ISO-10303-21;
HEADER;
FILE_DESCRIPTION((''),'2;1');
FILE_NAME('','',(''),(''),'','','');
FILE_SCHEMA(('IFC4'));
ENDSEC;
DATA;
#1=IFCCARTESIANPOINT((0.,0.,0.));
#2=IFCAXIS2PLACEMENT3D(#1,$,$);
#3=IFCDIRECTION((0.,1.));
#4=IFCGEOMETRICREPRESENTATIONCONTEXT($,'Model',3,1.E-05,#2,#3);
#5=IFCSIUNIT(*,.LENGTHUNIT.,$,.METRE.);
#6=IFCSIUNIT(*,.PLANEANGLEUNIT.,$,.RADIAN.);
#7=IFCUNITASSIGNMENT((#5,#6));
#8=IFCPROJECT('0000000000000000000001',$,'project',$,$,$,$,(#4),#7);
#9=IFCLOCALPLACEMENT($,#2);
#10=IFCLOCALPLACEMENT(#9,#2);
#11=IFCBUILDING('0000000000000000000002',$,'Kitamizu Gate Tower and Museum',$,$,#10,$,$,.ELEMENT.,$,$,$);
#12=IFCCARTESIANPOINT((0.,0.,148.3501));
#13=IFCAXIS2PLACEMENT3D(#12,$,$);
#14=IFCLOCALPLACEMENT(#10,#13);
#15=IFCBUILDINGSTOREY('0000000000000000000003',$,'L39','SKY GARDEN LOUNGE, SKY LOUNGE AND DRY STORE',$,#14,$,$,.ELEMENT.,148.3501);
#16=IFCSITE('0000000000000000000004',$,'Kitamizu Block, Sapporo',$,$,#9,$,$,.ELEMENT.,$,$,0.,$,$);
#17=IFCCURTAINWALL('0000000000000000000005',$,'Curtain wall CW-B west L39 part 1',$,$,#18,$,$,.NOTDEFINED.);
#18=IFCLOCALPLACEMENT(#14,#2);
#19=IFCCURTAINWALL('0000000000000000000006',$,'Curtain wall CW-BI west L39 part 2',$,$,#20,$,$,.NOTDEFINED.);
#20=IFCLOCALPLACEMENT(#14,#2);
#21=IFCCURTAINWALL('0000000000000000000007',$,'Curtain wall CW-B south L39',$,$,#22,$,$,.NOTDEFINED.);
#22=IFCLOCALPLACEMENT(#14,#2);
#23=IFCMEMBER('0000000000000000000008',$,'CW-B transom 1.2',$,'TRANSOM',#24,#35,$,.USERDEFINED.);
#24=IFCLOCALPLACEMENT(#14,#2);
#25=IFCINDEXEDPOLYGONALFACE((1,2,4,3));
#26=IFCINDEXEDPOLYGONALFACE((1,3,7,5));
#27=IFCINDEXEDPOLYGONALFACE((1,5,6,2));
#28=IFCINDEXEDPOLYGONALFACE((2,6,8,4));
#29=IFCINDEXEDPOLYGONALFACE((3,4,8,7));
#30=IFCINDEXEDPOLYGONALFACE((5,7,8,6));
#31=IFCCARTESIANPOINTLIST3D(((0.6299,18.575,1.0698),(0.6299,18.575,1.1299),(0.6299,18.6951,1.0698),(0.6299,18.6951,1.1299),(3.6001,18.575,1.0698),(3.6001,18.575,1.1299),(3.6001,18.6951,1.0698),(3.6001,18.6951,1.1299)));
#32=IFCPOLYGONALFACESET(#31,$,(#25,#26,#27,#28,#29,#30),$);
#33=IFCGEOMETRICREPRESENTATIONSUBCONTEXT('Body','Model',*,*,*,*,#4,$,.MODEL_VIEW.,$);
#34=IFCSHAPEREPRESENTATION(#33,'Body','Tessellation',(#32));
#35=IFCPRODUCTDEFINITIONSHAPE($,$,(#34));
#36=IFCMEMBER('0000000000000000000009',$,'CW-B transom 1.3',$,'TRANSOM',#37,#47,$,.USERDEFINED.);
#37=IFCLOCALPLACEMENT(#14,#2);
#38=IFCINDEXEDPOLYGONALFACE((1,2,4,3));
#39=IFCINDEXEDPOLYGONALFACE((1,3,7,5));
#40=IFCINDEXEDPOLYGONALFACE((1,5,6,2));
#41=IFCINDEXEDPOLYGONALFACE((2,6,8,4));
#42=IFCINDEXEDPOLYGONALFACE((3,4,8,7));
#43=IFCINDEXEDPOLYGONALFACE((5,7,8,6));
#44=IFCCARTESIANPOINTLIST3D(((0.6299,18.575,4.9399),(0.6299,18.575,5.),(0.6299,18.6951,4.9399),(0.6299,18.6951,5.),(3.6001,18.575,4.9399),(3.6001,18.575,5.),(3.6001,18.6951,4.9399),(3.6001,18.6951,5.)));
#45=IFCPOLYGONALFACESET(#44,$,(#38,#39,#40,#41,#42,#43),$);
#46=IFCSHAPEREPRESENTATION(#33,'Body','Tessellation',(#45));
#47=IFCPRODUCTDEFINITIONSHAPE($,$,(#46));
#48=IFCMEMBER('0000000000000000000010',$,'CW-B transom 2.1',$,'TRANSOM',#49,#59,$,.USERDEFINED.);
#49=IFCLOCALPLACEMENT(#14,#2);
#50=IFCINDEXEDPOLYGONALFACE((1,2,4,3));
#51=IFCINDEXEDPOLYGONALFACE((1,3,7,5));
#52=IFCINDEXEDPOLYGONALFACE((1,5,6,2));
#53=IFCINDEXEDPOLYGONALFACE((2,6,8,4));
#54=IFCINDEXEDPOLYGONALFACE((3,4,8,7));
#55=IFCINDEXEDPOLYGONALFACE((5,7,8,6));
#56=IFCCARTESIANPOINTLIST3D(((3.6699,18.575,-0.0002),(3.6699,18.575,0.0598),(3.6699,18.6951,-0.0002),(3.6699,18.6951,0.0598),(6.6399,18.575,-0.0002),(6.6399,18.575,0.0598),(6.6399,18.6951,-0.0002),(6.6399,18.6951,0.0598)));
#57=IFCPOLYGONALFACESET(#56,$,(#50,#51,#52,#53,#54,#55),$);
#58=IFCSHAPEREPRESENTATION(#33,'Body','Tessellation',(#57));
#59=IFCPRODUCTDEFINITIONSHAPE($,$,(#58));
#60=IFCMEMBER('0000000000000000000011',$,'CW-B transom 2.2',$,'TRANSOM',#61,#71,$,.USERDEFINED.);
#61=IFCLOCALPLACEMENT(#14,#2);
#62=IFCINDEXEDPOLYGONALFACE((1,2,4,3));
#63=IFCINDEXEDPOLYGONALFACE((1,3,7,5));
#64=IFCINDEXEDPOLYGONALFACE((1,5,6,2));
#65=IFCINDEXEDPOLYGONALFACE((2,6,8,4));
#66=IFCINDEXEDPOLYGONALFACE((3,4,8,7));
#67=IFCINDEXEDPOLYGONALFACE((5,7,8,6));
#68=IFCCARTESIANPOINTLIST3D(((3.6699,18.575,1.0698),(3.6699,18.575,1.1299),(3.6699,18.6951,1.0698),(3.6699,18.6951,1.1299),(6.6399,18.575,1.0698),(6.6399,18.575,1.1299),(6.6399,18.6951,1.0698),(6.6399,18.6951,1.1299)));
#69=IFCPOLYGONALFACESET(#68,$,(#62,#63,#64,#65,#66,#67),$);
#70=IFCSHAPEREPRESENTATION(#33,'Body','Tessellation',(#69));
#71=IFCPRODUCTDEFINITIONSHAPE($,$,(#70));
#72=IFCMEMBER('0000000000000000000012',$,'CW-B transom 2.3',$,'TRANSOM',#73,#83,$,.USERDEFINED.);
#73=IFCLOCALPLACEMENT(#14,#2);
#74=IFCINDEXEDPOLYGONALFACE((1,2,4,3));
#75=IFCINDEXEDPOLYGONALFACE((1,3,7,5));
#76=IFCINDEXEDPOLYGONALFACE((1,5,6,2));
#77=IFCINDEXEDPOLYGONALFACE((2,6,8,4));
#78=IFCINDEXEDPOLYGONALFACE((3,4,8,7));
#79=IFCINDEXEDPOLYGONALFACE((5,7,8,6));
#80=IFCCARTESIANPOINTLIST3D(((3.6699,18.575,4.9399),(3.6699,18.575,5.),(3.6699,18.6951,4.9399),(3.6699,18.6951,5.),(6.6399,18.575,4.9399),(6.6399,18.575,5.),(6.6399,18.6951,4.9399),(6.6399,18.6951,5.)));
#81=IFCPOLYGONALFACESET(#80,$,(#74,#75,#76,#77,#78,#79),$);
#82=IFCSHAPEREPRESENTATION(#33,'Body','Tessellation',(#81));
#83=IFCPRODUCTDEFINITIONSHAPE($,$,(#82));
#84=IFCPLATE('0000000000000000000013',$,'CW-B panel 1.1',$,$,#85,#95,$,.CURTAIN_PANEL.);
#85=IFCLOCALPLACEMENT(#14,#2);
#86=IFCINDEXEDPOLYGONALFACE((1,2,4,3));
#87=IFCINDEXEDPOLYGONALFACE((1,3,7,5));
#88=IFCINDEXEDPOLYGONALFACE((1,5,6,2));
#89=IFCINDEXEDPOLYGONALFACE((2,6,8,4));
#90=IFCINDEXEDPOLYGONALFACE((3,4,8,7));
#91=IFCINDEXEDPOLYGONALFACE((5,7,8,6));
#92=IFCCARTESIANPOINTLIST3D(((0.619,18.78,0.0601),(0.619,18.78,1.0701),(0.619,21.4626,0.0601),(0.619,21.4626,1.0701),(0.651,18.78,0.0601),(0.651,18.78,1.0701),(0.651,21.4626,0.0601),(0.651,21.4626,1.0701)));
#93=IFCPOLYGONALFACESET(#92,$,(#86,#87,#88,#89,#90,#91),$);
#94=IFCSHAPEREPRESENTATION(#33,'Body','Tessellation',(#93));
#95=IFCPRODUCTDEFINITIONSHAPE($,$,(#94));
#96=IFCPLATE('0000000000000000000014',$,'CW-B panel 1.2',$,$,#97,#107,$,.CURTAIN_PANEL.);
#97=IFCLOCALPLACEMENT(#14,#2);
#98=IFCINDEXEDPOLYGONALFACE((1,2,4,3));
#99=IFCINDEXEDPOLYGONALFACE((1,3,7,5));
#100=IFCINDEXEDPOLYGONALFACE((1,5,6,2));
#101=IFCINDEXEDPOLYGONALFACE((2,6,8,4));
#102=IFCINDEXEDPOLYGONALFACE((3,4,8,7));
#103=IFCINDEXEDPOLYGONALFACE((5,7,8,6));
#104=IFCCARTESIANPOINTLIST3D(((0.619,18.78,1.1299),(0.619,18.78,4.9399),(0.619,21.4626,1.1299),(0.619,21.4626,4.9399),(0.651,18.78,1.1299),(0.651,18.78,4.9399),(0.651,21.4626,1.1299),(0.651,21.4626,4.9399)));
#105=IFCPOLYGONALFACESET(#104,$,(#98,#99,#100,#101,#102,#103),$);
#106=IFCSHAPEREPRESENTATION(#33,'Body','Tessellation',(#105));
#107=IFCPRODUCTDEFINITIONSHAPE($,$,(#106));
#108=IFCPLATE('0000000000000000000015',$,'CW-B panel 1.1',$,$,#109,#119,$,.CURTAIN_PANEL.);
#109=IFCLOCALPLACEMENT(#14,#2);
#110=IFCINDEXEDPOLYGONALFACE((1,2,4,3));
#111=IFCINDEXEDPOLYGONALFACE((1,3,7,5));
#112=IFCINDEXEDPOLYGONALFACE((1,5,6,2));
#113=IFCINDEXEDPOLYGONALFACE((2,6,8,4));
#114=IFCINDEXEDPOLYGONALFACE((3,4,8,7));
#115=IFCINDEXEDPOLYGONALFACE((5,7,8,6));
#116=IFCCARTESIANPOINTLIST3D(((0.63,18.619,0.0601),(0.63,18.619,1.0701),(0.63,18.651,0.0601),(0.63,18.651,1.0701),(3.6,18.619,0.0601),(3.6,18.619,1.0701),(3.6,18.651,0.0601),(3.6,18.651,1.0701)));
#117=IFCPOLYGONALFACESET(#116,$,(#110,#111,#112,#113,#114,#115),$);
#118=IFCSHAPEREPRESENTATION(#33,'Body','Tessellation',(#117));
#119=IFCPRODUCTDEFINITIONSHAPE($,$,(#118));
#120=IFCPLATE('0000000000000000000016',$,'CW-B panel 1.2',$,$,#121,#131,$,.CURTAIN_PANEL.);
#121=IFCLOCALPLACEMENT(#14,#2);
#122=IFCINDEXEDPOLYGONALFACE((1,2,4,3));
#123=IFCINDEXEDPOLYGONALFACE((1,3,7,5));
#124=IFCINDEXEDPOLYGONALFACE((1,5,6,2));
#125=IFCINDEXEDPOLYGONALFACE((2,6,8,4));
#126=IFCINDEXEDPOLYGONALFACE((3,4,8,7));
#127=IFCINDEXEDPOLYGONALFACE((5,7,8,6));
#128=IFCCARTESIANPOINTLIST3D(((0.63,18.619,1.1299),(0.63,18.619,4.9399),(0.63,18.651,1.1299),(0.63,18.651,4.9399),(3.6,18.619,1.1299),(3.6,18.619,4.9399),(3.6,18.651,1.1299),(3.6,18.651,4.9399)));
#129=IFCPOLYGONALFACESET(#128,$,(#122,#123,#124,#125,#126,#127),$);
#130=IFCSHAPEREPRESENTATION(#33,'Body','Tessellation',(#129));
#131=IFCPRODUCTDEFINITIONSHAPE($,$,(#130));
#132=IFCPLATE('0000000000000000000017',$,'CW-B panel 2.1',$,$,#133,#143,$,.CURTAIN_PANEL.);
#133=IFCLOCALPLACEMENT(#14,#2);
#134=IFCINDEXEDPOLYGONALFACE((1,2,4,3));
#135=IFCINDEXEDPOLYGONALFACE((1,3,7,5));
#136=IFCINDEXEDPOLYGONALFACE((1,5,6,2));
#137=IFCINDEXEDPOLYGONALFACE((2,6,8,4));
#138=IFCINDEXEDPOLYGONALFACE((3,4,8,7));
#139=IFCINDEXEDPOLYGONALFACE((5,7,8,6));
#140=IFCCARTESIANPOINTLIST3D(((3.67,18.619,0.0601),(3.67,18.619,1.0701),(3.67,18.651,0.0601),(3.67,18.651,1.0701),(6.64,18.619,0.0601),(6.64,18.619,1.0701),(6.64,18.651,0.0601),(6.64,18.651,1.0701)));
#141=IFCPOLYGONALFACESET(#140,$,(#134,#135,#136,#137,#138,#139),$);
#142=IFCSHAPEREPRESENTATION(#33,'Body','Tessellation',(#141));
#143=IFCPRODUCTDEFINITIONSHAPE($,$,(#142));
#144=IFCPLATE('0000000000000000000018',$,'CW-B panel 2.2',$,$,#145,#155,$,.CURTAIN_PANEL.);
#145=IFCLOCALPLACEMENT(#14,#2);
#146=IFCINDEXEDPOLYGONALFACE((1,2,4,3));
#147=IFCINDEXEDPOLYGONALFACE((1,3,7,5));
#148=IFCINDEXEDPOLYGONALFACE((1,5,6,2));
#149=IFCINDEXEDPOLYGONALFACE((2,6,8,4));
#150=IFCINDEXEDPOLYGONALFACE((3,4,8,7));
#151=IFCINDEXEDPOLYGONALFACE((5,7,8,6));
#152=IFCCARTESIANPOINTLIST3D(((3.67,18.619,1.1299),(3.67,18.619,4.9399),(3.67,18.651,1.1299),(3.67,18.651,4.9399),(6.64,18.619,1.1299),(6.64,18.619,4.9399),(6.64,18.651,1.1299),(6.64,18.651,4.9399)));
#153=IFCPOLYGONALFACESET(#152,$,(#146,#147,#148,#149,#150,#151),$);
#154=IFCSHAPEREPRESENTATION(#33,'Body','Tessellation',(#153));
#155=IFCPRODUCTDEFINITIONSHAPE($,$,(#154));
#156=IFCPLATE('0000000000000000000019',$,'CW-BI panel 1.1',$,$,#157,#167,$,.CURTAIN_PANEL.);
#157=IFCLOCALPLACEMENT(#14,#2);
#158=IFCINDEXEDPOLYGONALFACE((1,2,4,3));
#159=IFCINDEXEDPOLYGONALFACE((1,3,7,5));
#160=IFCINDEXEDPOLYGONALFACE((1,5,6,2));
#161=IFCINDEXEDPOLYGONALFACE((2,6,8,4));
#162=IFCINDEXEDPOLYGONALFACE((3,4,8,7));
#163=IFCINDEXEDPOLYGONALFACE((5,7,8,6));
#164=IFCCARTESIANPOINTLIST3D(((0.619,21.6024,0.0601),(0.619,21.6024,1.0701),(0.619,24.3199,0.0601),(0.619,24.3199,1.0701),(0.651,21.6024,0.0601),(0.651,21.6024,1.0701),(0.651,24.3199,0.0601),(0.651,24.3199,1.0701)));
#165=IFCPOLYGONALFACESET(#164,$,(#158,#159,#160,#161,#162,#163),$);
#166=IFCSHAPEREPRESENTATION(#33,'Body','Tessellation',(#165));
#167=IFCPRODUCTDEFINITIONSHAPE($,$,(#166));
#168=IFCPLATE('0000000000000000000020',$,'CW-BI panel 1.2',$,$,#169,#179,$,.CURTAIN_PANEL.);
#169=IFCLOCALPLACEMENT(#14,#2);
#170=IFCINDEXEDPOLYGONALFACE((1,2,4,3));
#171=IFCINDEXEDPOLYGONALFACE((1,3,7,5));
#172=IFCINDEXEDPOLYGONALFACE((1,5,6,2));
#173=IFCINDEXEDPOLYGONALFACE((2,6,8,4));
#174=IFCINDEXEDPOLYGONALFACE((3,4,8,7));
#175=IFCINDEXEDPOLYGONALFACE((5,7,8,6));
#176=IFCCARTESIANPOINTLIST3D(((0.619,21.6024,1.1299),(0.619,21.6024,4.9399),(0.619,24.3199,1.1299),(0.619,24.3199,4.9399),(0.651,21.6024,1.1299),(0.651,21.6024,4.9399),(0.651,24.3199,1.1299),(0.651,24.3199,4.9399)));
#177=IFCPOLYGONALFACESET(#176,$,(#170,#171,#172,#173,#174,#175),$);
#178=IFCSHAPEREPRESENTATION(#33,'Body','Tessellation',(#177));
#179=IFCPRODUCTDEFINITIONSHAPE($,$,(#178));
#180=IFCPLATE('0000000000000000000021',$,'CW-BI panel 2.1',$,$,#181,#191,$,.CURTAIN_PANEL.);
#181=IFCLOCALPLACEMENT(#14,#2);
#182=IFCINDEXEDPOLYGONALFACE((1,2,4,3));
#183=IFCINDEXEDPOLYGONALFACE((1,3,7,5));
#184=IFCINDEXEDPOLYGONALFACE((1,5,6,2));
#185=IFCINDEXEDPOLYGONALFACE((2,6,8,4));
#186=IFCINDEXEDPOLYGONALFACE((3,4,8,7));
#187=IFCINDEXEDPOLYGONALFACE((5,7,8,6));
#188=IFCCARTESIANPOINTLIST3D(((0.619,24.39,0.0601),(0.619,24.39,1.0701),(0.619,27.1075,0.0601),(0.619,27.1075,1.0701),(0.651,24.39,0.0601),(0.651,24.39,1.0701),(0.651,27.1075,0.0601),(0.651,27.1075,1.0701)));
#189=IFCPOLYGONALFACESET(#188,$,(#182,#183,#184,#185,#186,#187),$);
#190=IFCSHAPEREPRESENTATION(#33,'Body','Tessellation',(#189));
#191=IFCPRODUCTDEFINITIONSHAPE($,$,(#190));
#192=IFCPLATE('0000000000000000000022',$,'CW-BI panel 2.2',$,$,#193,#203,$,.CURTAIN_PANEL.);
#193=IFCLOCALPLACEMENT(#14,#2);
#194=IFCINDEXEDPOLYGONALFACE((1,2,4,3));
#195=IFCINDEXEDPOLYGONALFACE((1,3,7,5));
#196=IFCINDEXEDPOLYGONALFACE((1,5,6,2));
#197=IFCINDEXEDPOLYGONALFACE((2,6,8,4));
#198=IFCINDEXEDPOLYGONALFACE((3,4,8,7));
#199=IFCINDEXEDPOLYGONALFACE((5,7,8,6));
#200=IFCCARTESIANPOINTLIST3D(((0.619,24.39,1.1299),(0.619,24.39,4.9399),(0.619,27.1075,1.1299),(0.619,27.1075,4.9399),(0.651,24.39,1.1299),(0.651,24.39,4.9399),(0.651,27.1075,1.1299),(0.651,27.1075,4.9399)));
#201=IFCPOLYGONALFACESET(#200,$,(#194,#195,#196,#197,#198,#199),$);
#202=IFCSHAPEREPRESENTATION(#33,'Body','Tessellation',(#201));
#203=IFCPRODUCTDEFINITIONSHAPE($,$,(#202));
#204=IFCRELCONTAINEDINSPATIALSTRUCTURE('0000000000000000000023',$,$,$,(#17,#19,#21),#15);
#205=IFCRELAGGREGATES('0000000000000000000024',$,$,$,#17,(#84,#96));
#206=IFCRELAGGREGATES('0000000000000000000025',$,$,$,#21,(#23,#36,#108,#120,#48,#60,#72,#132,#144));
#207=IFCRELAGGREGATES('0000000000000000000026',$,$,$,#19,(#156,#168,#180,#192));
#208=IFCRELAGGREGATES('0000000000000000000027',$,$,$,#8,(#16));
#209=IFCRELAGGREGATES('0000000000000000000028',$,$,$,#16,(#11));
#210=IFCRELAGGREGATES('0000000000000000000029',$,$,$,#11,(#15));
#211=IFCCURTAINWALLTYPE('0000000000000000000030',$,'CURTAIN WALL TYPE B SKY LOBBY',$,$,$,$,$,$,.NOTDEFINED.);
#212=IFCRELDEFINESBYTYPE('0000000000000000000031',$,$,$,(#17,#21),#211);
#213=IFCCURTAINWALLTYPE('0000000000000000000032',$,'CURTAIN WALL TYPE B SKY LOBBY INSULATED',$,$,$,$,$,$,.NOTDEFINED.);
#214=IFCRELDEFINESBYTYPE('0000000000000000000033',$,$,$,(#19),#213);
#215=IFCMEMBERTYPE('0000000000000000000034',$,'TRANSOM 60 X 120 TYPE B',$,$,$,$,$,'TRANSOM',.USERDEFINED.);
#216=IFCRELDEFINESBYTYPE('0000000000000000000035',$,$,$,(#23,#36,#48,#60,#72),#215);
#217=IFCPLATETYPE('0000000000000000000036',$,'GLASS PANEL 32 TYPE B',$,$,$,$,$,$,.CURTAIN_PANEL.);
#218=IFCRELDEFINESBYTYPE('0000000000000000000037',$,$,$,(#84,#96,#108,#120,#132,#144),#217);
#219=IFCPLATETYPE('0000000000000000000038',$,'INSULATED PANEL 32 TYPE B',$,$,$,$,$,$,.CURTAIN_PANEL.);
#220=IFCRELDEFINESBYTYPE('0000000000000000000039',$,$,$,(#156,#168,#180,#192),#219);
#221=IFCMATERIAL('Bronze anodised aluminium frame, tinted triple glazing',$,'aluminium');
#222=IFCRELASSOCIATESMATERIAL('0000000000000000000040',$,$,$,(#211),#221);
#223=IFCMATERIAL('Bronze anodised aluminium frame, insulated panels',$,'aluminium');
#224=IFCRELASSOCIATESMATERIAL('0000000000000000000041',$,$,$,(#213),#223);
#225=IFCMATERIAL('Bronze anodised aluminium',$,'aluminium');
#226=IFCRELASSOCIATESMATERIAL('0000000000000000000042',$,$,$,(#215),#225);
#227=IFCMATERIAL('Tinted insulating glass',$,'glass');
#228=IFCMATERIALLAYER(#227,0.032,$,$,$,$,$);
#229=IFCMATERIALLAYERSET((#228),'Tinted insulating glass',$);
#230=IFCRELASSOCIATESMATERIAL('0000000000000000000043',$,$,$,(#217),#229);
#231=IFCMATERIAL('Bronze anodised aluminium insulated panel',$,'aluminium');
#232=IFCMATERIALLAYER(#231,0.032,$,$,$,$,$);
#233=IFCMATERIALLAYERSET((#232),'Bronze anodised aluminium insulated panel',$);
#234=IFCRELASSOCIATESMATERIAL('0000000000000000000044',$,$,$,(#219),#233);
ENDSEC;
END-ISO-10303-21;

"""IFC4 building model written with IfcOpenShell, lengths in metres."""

from ifc_helpers import new_model, si_unit, direction, frame, origin, origin_2d, place, context, subcontext, project, spatial, rectangle, extrude, material, layer, layer_set, material_profile, profile_set, type_object, element, aggregate, save


model = new_model("IFC4")

# Units and contexts
model_context = context("Model", 3, precision=1e-05, world=origin(), true_north=direction((0.0, 1.0)))
body_context = subcontext(model_context, "Body", "Model", "MODEL_VIEW")
ifc_project = project(units=[si_unit("LENGTHUNIT", "METRE"), si_unit("PLANEANGLEUNIT", "RADIAN")], contexts=[model_context])

# Site, building, storey
site_placement = place(None, origin())
site = spatial("IfcSite", under=ifc_project, at=site_placement, Name="Kitamizu Block, Sapporo", CompositionType="ELEMENT", RefElevation=0.0)
building_placement = place(site_placement, origin())
building = spatial("IfcBuilding", under=site, at=building_placement, Name="Kitamizu Gate Tower and Museum", CompositionType="ELEMENT")
storey_placement = place(building_placement, frame((0.0, 0.0, 148.3501)))
storey = spatial("IfcBuildingStorey", under=building, at=storey_placement, Name="L39", Description="SKY GARDEN LOUNGE, SKY LOUNGE AND DRY STORE", CompositionType="ELEMENT", Elevation=148.3501)

# Curtain walls
ifc_material_1 = material(Name="Bronze anodised aluminium frame, tinted triple glazing", Category="aluminium")
curtain_wall_type_1 = type_object("IfcCurtainWallType", Name="CURTAIN WALL TYPE B SKY LOBBY", PredefinedType="NOTDEFINED", material=ifc_material_1)
curtain_wall_1_placement = place(storey_placement, origin())
curtain_wall_1 = element("IfcCurtainWall", 1, at=curtain_wall_1_placement, inside=storey, type_object=curtain_wall_type_1, Name="Curtain wall CW-B west L39 part 1", PredefinedType="NOTDEFINED")
ifc_material_2 = material(Name="Bronze anodised aluminium frame, insulated panels", Category="aluminium")
curtain_wall_type_2 = type_object("IfcCurtainWallType", Name="CURTAIN WALL TYPE B SKY LOBBY INSULATED", PredefinedType="NOTDEFINED", material=ifc_material_2)
curtain_wall_2_placement = place(storey_placement, origin())
curtain_wall_2 = element("IfcCurtainWall", 2, at=curtain_wall_2_placement, inside=storey, type_object=curtain_wall_type_2, Name="Curtain wall CW-BI west L39 part 2", PredefinedType="NOTDEFINED")

# Curtain wall
curtain_wall_3_placement = place(storey_placement, origin())
curtain_wall_3 = element("IfcCurtainWall", 3, at=curtain_wall_3_placement, inside=storey, type_object=curtain_wall_type_1, Name="Curtain wall CW-B south L39", PredefinedType="NOTDEFINED")

# Members
ifc_material_3 = material(Name="Bronze anodised aluminium", Category="aluminium")
ifc_material_profile_1 = material_profile(ifc_material_3, rectangle(XDim=0.1201, YDim=0.0601, at=origin_2d()), Name="AL 60X120")
ifc_profile_set_1 = profile_set([ifc_material_profile_1], Name="Bronze anodised aluminium")
member_type_1 = type_object("IfcMemberType", Name="TRANSOM 60 X 120 TYPE B", ElementType="TRANSOM", PredefinedType="USERDEFINED", material=ifc_profile_set_1)
member_1_placement = place(storey_placement, frame((0.6299, 18.635, 1.0999), z_axis=(1.0, 0.0, 0.0), x_axis=(0.0, 1.0, 0.0)))
member_1 = element("IfcMember", 4, at=member_1_placement, type_object=member_type_1, Name="CW-B transom 1.2", ObjectType="TRANSOM", PredefinedType="USERDEFINED", context=body_context, shape_type="SweptSolid", body=[
    extrude(rectangle(XDim=0.1201, YDim=0.0601, at=origin_2d()), origin(), (0.0, 0.0, 1.0), 2.9702),
])
member_2_placement = place(storey_placement, frame((0.6299, 18.635, 4.97), z_axis=(1.0, 0.0, 0.0), x_axis=(0.0, 1.0, 0.0)))
member_2 = element("IfcMember", 5, at=member_2_placement, type_object=member_type_1, Name="CW-B transom 1.3", ObjectType="TRANSOM", PredefinedType="USERDEFINED", context=body_context, shape_type="SweptSolid", body=[
    extrude(rectangle(XDim=0.1201, YDim=0.0601, at=origin_2d()), origin(), (0.0, 0.0, 1.0), 2.9702),
])
member_3_placement = place(storey_placement, frame((3.6699, 18.635, 0.0298), z_axis=(1.0, 0.0, 0.0), x_axis=(0.0, 1.0, 0.0)))
member_3 = element("IfcMember", 6, at=member_3_placement, type_object=member_type_1, Name="CW-B transom 2.1", ObjectType="TRANSOM", PredefinedType="USERDEFINED", context=body_context, shape_type="SweptSolid", body=[
    extrude(rectangle(XDim=0.1201, YDim=0.0601, at=origin_2d()), origin(), (0.0, 0.0, 1.0), 2.97),
])
member_4_placement = place(storey_placement, frame((3.6699, 18.635, 1.0999), z_axis=(1.0, 0.0, 0.0), x_axis=(0.0, 1.0, 0.0)))
member_4 = element("IfcMember", 7, at=member_4_placement, type_object=member_type_1, Name="CW-B transom 2.2", ObjectType="TRANSOM", PredefinedType="USERDEFINED", context=body_context, shape_type="SweptSolid", body=[
    extrude(rectangle(XDim=0.1201, YDim=0.0601, at=origin_2d()), origin(), (0.0, 0.0, 1.0), 2.97),
])
member_5_placement = place(storey_placement, frame((3.6699, 18.635, 4.97), z_axis=(1.0, 0.0, 0.0), x_axis=(0.0, 1.0, 0.0)))
member_5 = element("IfcMember", 8, at=member_5_placement, type_object=member_type_1, Name="CW-B transom 2.3", ObjectType="TRANSOM", PredefinedType="USERDEFINED", context=body_context, shape_type="SweptSolid", body=[
    extrude(rectangle(XDim=0.1201, YDim=0.0601, at=origin_2d()), origin(), (0.0, 0.0, 1.0), 2.97),
])

# Plates
ifc_material_4 = material(Name="Tinted insulating glass", Category="glass")
ifc_layer_1 = layer(ifc_material_4, 0.032)
ifc_layer_set_1 = layer_set([ifc_layer_1], Name="Tinted insulating glass")
plate_type_1 = type_object("IfcPlateType", Name="GLASS PANEL 32 TYPE B", PredefinedType="CURTAIN_PANEL", material=ifc_layer_set_1)
plate_1_placement = place(storey_placement, frame((0.635, 20.1213, 0.0601), z_axis=(0.0, 0.0, 1.0), x_axis=(0.0, 1.0, 0.0)))
plate_1 = element("IfcPlate", 9, at=plate_1_placement, type_object=plate_type_1, Name="CW-B panel 1.1", PredefinedType="CURTAIN_PANEL", context=body_context, shape_type="SweptSolid", body=[
    extrude(rectangle(XDim=2.6826, YDim=0.032, at=origin_2d()), origin(), (0.0, 0.0, 1.0), 1.01),
])
plate_2_placement = place(storey_placement, frame((0.635, 20.1213, 1.1299), z_axis=(0.0, 0.0, 1.0), x_axis=(0.0, 1.0, 0.0)))
plate_2 = element("IfcPlate", 10, at=plate_2_placement, type_object=plate_type_1, Name="CW-B panel 1.2", PredefinedType="CURTAIN_PANEL", context=body_context, shape_type="SweptSolid", body=[
    extrude(rectangle(XDim=2.6826, YDim=0.032, at=origin_2d()), origin(), (0.0, 0.0, 1.0), 3.8101),
])
aggregate(curtain_wall_1, [plate_1, plate_2])
plate_3_placement = place(storey_placement, frame((2.115, 18.635, 0.0601), z_axis=(0.0, 0.0, 1.0), x_axis=(1.0, 0.0, 0.0)))
plate_3 = element("IfcPlate", 11, at=plate_3_placement, type_object=plate_type_1, Name="CW-B panel 1.1", PredefinedType="CURTAIN_PANEL", context=body_context, shape_type="SweptSolid", body=[
    extrude(rectangle(XDim=2.97, YDim=0.032, at=origin_2d()), origin(), (0.0, 0.0, 1.0), 1.01),
])
plate_4_placement = place(storey_placement, frame((2.115, 18.635, 1.1299), z_axis=(0.0, 0.0, 1.0), x_axis=(1.0, 0.0, 0.0)))
plate_4 = element("IfcPlate", 12, at=plate_4_placement, type_object=plate_type_1, Name="CW-B panel 1.2", PredefinedType="CURTAIN_PANEL", context=body_context, shape_type="SweptSolid", body=[
    extrude(rectangle(XDim=2.97, YDim=0.032, at=origin_2d()), origin(), (0.0, 0.0, 1.0), 3.8101),
])
plate_5_placement = place(storey_placement, frame((5.155, 18.635, 0.0601), z_axis=(0.0, 0.0, 1.0), x_axis=(1.0, 0.0, 0.0)))
plate_5 = element("IfcPlate", 13, at=plate_5_placement, type_object=plate_type_1, Name="CW-B panel 2.1", PredefinedType="CURTAIN_PANEL", context=body_context, shape_type="SweptSolid", body=[
    extrude(rectangle(XDim=2.97, YDim=0.032, at=origin_2d()), origin(), (0.0, 0.0, 1.0), 1.01),
])
plate_6_placement = place(storey_placement, frame((5.155, 18.635, 1.1299), z_axis=(0.0, 0.0, 1.0), x_axis=(1.0, 0.0, 0.0)))
plate_6 = element("IfcPlate", 14, at=plate_6_placement, type_object=plate_type_1, Name="CW-B panel 2.2", PredefinedType="CURTAIN_PANEL", context=body_context, shape_type="SweptSolid", body=[
    extrude(rectangle(XDim=2.97, YDim=0.032, at=origin_2d()), origin(), (0.0, 0.0, 1.0), 3.8101),
])
aggregate(curtain_wall_3, [member_1, member_2, plate_3, plate_4, member_3, member_4, member_5, plate_5, plate_6])
ifc_material_5 = material(Name="Bronze anodised aluminium insulated panel", Category="aluminium")
ifc_layer_2 = layer(ifc_material_5, 0.032)
ifc_layer_set_2 = layer_set([ifc_layer_2], Name="Bronze anodised aluminium insulated panel")
plate_type_2 = type_object("IfcPlateType", Name="INSULATED PANEL 32 TYPE B", PredefinedType="CURTAIN_PANEL", material=ifc_layer_set_2)
plate_7_placement = place(storey_placement, frame((0.635, 22.9612, 0.0601), z_axis=(0.0, 0.0, 1.0), x_axis=(0.0, 1.0, 0.0)))
plate_7 = element("IfcPlate", 15, at=plate_7_placement, type_object=plate_type_2, Name="CW-BI panel 1.1", PredefinedType="CURTAIN_PANEL", context=body_context, shape_type="SweptSolid", body=[
    extrude(rectangle(XDim=2.7175, YDim=0.032, at=origin_2d()), origin(), (0.0, 0.0, 1.0), 1.01),
])
plate_8_placement = place(storey_placement, frame((0.635, 22.9612, 1.1299), z_axis=(0.0, 0.0, 1.0), x_axis=(0.0, 1.0, 0.0)))
plate_8 = element("IfcPlate", 16, at=plate_8_placement, type_object=plate_type_2, Name="CW-BI panel 1.2", PredefinedType="CURTAIN_PANEL", context=body_context, shape_type="SweptSolid", body=[
    extrude(rectangle(XDim=2.7175, YDim=0.032, at=origin_2d()), origin(), (0.0, 0.0, 1.0), 3.8101),
])
plate_9_placement = place(storey_placement, frame((0.635, 25.7488, 0.0601), z_axis=(0.0, 0.0, 1.0), x_axis=(0.0, 1.0, 0.0)))
plate_9 = element("IfcPlate", 17, at=plate_9_placement, type_object=plate_type_2, Name="CW-BI panel 2.1", PredefinedType="CURTAIN_PANEL", context=body_context, shape_type="SweptSolid", body=[
    extrude(rectangle(XDim=2.7175, YDim=0.032, at=origin_2d()), origin(), (0.0, 0.0, 1.0), 1.01),
])
plate_10_placement = place(storey_placement, frame((0.635, 25.7488, 1.1299), z_axis=(0.0, 0.0, 1.0), x_axis=(0.0, 1.0, 0.0)))
plate_10 = element("IfcPlate", 18, at=plate_10_placement, type_object=plate_type_2, Name="CW-BI panel 2.2", PredefinedType="CURTAIN_PANEL", context=body_context, shape_type="SweptSolid", body=[
    extrude(rectangle(XDim=2.7175, YDim=0.032, at=origin_2d()), origin(), (0.0, 0.0, 1.0), 3.8101),
])
aggregate(curtain_wall_2, [plate_7, plate_8, plate_9, plate_10])

save(model, "model.ifc")
